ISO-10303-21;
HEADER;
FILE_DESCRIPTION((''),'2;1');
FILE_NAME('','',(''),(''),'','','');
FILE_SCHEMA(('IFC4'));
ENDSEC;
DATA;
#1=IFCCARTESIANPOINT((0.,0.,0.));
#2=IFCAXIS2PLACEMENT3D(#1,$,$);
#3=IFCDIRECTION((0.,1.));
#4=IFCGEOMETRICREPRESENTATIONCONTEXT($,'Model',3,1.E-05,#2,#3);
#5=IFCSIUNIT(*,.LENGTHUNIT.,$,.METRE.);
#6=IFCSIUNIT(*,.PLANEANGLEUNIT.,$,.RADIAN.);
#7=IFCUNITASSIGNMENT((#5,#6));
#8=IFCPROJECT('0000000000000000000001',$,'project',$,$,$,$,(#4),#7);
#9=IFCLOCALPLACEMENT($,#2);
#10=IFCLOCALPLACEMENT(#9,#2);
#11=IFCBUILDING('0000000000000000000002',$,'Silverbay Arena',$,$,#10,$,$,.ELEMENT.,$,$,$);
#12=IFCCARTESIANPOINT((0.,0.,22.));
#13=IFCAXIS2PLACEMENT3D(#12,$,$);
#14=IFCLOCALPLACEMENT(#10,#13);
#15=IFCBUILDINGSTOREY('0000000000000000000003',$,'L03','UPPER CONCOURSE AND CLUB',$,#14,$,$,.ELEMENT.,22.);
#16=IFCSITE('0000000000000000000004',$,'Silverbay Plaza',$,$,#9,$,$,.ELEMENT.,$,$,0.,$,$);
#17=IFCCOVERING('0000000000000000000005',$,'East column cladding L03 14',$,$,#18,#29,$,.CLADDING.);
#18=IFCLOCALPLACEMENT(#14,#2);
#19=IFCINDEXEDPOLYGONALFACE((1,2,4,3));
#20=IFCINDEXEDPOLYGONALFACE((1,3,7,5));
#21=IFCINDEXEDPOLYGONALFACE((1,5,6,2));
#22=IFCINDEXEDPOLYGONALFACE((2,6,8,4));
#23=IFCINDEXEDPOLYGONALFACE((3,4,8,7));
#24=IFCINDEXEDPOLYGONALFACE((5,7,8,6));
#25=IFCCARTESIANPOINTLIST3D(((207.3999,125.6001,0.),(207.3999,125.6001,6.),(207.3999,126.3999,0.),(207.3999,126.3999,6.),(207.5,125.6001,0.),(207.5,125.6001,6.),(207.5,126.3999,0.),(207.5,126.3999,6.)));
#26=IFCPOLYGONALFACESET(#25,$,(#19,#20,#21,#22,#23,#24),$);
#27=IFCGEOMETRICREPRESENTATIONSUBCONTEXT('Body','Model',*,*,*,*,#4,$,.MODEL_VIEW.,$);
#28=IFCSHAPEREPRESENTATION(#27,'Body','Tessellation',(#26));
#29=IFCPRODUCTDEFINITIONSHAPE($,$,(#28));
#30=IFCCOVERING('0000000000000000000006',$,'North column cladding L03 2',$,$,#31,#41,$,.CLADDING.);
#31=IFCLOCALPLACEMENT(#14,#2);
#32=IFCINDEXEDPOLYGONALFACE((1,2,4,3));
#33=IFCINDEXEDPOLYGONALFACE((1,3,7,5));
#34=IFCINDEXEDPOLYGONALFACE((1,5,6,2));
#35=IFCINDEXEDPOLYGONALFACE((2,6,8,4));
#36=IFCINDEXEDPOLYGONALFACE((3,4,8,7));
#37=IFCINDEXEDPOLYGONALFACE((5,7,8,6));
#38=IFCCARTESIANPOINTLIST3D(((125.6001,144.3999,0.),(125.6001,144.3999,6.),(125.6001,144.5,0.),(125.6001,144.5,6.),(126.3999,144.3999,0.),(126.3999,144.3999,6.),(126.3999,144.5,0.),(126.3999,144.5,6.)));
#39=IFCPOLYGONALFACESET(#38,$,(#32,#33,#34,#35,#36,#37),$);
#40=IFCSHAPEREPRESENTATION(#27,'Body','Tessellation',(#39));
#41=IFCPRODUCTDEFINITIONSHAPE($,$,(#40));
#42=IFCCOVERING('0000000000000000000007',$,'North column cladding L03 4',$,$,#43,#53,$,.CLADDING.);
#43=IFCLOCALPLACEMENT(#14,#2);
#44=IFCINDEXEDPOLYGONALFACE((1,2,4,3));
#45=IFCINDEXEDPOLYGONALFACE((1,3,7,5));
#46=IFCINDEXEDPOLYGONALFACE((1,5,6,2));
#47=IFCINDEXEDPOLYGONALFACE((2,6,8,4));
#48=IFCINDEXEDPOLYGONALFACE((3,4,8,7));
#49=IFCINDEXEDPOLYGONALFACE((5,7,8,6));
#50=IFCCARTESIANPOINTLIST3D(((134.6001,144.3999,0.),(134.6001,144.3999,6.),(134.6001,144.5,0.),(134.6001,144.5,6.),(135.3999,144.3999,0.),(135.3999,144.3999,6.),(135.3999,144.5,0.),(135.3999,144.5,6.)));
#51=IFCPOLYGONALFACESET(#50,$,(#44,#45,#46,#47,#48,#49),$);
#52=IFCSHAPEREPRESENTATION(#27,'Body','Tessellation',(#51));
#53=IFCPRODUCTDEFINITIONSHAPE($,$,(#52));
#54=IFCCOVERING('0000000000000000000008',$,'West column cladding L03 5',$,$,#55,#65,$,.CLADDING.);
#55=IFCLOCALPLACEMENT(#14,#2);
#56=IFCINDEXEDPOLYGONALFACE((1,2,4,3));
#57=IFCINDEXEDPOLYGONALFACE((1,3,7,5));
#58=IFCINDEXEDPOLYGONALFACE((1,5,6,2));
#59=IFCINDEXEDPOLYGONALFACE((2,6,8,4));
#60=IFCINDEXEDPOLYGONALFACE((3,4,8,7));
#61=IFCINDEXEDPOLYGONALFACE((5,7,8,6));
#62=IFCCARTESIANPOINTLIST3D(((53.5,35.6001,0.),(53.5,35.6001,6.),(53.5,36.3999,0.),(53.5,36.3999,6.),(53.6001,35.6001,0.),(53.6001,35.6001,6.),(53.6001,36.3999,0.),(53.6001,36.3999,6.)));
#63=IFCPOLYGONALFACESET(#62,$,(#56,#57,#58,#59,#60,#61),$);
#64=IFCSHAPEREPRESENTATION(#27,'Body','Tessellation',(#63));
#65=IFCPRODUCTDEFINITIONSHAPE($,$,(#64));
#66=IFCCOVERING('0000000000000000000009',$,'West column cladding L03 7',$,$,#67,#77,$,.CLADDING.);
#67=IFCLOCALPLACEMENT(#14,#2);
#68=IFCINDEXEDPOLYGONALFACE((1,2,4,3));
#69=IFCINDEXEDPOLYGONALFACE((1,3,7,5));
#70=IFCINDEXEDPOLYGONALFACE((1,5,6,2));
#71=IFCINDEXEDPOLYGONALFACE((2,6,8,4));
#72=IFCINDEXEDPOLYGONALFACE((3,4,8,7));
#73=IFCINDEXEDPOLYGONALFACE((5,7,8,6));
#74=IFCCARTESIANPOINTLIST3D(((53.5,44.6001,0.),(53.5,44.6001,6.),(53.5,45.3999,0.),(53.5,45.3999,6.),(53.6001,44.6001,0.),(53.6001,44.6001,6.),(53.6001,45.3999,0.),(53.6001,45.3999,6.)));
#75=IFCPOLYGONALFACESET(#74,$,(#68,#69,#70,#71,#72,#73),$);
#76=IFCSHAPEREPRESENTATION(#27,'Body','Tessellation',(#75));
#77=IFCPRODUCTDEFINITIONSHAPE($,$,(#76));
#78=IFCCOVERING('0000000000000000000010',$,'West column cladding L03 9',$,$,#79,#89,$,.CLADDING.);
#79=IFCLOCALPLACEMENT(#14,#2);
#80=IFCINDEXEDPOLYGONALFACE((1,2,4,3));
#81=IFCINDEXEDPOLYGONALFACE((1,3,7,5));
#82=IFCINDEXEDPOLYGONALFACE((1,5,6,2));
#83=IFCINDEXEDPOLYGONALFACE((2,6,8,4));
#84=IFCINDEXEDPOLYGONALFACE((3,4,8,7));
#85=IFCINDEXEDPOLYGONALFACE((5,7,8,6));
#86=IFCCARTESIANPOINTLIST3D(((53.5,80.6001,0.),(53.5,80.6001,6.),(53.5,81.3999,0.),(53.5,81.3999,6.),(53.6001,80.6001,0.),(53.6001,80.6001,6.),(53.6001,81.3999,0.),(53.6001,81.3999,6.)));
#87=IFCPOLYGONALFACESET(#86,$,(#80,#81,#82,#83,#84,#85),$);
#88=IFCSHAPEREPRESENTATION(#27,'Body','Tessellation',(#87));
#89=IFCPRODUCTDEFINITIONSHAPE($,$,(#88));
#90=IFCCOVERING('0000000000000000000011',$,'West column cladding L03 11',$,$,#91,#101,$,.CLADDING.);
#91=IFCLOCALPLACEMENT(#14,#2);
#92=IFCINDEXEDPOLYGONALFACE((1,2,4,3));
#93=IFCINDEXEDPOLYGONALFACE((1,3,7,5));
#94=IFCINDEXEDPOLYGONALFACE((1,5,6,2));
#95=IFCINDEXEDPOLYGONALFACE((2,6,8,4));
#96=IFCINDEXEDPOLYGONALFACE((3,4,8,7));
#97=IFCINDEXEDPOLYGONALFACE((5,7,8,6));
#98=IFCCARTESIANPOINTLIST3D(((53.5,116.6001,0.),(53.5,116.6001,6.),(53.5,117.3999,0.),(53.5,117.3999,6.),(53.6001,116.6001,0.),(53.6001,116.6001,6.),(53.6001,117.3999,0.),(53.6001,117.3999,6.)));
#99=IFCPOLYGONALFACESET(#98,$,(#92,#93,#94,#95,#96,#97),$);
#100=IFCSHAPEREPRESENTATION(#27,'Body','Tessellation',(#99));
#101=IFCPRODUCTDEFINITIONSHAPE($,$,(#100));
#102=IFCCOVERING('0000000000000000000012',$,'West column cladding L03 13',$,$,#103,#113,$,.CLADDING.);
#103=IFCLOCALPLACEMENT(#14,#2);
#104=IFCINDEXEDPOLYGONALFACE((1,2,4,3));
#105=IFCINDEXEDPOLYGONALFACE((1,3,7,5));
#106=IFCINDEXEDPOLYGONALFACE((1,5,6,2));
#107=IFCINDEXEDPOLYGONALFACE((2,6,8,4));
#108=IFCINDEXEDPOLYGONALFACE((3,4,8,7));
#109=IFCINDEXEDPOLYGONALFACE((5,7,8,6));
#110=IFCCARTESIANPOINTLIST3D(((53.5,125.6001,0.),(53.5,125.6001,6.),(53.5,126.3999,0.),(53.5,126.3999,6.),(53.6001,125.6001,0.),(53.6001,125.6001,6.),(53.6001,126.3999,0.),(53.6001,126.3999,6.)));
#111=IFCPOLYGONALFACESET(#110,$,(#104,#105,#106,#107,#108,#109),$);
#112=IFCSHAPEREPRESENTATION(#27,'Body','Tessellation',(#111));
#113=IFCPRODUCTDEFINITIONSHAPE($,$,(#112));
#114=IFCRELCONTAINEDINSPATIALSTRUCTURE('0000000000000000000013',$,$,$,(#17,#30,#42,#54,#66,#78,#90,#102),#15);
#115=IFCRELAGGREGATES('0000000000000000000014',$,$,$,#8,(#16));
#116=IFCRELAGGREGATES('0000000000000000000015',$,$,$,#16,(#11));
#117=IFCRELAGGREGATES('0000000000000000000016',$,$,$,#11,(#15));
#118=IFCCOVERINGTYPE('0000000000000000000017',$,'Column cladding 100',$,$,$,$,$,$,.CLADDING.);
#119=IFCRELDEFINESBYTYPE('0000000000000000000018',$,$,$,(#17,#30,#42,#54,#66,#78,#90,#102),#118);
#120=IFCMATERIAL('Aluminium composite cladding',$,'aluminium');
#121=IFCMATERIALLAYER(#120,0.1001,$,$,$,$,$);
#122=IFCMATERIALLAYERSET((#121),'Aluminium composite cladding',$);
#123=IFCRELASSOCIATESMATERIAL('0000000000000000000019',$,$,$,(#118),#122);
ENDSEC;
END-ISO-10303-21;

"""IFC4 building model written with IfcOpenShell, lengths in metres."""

from ifc_helpers import new_model, si_unit, direction, frame, origin, place, context, subcontext, project, spatial, polyline, outline, extrude, material, layer, layer_set, type_object, element, save


model = new_model("IFC4")

# Units and contexts
model_context = context("Model", 3, precision=1e-05, world=origin(), true_north=direction((0.0, 1.0)))
body_context = subcontext(model_context, "Body", "Model", "MODEL_VIEW")
ifc_project = project(units=[si_unit("LENGTHUNIT", "METRE"), si_unit("PLANEANGLEUNIT", "RADIAN")], contexts=[model_context])

# Site, building, storey
site_placement = place(None, origin())
site = spatial("IfcSite", under=ifc_project, at=site_placement, Name="Silverbay Plaza", CompositionType="ELEMENT", RefElevation=0.0)
building_placement = place(site_placement, origin())
building = spatial("IfcBuilding", under=site, at=building_placement, Name="Silverbay Arena", CompositionType="ELEMENT")
storey_placement = place(building_placement, frame((0.0, 0.0, 22.0)))
storey = spatial("IfcBuildingStorey", under=building, at=storey_placement, Name="L03", Description="UPPER CONCOURSE AND CLUB", CompositionType="ELEMENT", Elevation=22.0)

# Coverings
ifc_material_1 = material(Name="Aluminium composite cladding", Category="aluminium")
ifc_layer_1 = layer(ifc_material_1, 0.1001)
ifc_layer_set_1 = layer_set([ifc_layer_1], Name="Aluminium composite cladding")
covering_type = type_object("IfcCoveringType", Name="Column cladding 100", PredefinedType="CLADDING", material=ifc_layer_set_1)
covering_1_placement = place(storey_placement, origin())
element("IfcCovering", 1, at=covering_1_placement, inside=storey, type_object=covering_type, Name="East column cladding L03 14", PredefinedType="CLADDING", context=body_context, shape_type="SweptSolid", body=[
    extrude(outline(polyline([(207.3999, 125.6001), (207.5, 125.6001), (207.5, 126.3999), (207.3999, 126.3999), (207.3999, 125.6001)])), origin(), (0.0, 0.0, 1.0), 6.0),
])
covering_2_placement = place(storey_placement, origin())
element("IfcCovering", 2, at=covering_2_placement, inside=storey, type_object=covering_type, Name="North column cladding L03 2", PredefinedType="CLADDING", context=body_context, shape_type="SweptSolid", body=[
    extrude(outline(polyline([(125.6001, 144.3999), (126.3999, 144.3999), (126.3999, 144.5), (125.6001, 144.5), (125.6001, 144.3999)])), origin(), (0.0, 0.0, 1.0), 6.0),
])
covering_3_placement = place(storey_placement, origin())
element("IfcCovering", 3, at=covering_3_placement, inside=storey, type_object=covering_type, Name="North column cladding L03 4", PredefinedType="CLADDING", context=body_context, shape_type="SweptSolid", body=[
    extrude(outline(polyline([(134.6001, 144.3999), (135.3999, 144.3999), (135.3999, 144.5), (134.6001, 144.5), (134.6001, 144.3999)])), origin(), (0.0, 0.0, 1.0), 6.0),
])
covering_4_placement = place(storey_placement, origin())
element("IfcCovering", 4, at=covering_4_placement, inside=storey, type_object=covering_type, Name="West column cladding L03 5", PredefinedType="CLADDING", context=body_context, shape_type="SweptSolid", body=[
    extrude(outline(polyline([(53.5, 35.6001), (53.6001, 35.6001), (53.6001, 36.3999), (53.5, 36.3999), (53.5, 35.6001)])), origin(), (0.0, 0.0, 1.0), 6.0),
])
covering_5_placement = place(storey_placement, origin())
element("IfcCovering", 5, at=covering_5_placement, inside=storey, type_object=covering_type, Name="West column cladding L03 7", PredefinedType="CLADDING", context=body_context, shape_type="SweptSolid", body=[
    extrude(outline(polyline([(53.5, 44.6001), (53.6001, 44.6001), (53.6001, 45.3999), (53.5, 45.3999), (53.5, 44.6001)])), origin(), (0.0, 0.0, 1.0), 6.0),
])
covering_6_placement = place(storey_placement, origin())
element("IfcCovering", 6, at=covering_6_placement, inside=storey, type_object=covering_type, Name="West column cladding L03 9", PredefinedType="CLADDING", context=body_context, shape_type="SweptSolid", body=[
    extrude(outline(polyline([(53.5, 80.6001), (53.6001, 80.6001), (53.6001, 81.3999), (53.5, 81.3999), (53.5, 80.6001)])), origin(), (0.0, 0.0, 1.0), 6.0),
])
covering_7_placement = place(storey_placement, origin())
element("IfcCovering", 7, at=covering_7_placement, inside=storey, type_object=covering_type, Name="West column cladding L03 11", PredefinedType="CLADDING", context=body_context, shape_type="SweptSolid", body=[
    extrude(outline(polyline([(53.5, 116.6001), (53.6001, 116.6001), (53.6001, 117.3999), (53.5, 117.3999), (53.5, 116.6001)])), origin(), (0.0, 0.0, 1.0), 6.0),
])
covering_8_placement = place(storey_placement, origin())
element("IfcCovering", 8, at=covering_8_placement, inside=storey, type_object=covering_type, Name="West column cladding L03 13", PredefinedType="CLADDING", context=body_context, shape_type="SweptSolid", body=[
    extrude(outline(polyline([(53.5, 125.6001), (53.6001, 125.6001), (53.6001, 126.3999), (53.5, 126.3999), (53.5, 125.6001)])), origin(), (0.0, 0.0, 1.0), 6.0),
])

save(model, "model.ifc")
